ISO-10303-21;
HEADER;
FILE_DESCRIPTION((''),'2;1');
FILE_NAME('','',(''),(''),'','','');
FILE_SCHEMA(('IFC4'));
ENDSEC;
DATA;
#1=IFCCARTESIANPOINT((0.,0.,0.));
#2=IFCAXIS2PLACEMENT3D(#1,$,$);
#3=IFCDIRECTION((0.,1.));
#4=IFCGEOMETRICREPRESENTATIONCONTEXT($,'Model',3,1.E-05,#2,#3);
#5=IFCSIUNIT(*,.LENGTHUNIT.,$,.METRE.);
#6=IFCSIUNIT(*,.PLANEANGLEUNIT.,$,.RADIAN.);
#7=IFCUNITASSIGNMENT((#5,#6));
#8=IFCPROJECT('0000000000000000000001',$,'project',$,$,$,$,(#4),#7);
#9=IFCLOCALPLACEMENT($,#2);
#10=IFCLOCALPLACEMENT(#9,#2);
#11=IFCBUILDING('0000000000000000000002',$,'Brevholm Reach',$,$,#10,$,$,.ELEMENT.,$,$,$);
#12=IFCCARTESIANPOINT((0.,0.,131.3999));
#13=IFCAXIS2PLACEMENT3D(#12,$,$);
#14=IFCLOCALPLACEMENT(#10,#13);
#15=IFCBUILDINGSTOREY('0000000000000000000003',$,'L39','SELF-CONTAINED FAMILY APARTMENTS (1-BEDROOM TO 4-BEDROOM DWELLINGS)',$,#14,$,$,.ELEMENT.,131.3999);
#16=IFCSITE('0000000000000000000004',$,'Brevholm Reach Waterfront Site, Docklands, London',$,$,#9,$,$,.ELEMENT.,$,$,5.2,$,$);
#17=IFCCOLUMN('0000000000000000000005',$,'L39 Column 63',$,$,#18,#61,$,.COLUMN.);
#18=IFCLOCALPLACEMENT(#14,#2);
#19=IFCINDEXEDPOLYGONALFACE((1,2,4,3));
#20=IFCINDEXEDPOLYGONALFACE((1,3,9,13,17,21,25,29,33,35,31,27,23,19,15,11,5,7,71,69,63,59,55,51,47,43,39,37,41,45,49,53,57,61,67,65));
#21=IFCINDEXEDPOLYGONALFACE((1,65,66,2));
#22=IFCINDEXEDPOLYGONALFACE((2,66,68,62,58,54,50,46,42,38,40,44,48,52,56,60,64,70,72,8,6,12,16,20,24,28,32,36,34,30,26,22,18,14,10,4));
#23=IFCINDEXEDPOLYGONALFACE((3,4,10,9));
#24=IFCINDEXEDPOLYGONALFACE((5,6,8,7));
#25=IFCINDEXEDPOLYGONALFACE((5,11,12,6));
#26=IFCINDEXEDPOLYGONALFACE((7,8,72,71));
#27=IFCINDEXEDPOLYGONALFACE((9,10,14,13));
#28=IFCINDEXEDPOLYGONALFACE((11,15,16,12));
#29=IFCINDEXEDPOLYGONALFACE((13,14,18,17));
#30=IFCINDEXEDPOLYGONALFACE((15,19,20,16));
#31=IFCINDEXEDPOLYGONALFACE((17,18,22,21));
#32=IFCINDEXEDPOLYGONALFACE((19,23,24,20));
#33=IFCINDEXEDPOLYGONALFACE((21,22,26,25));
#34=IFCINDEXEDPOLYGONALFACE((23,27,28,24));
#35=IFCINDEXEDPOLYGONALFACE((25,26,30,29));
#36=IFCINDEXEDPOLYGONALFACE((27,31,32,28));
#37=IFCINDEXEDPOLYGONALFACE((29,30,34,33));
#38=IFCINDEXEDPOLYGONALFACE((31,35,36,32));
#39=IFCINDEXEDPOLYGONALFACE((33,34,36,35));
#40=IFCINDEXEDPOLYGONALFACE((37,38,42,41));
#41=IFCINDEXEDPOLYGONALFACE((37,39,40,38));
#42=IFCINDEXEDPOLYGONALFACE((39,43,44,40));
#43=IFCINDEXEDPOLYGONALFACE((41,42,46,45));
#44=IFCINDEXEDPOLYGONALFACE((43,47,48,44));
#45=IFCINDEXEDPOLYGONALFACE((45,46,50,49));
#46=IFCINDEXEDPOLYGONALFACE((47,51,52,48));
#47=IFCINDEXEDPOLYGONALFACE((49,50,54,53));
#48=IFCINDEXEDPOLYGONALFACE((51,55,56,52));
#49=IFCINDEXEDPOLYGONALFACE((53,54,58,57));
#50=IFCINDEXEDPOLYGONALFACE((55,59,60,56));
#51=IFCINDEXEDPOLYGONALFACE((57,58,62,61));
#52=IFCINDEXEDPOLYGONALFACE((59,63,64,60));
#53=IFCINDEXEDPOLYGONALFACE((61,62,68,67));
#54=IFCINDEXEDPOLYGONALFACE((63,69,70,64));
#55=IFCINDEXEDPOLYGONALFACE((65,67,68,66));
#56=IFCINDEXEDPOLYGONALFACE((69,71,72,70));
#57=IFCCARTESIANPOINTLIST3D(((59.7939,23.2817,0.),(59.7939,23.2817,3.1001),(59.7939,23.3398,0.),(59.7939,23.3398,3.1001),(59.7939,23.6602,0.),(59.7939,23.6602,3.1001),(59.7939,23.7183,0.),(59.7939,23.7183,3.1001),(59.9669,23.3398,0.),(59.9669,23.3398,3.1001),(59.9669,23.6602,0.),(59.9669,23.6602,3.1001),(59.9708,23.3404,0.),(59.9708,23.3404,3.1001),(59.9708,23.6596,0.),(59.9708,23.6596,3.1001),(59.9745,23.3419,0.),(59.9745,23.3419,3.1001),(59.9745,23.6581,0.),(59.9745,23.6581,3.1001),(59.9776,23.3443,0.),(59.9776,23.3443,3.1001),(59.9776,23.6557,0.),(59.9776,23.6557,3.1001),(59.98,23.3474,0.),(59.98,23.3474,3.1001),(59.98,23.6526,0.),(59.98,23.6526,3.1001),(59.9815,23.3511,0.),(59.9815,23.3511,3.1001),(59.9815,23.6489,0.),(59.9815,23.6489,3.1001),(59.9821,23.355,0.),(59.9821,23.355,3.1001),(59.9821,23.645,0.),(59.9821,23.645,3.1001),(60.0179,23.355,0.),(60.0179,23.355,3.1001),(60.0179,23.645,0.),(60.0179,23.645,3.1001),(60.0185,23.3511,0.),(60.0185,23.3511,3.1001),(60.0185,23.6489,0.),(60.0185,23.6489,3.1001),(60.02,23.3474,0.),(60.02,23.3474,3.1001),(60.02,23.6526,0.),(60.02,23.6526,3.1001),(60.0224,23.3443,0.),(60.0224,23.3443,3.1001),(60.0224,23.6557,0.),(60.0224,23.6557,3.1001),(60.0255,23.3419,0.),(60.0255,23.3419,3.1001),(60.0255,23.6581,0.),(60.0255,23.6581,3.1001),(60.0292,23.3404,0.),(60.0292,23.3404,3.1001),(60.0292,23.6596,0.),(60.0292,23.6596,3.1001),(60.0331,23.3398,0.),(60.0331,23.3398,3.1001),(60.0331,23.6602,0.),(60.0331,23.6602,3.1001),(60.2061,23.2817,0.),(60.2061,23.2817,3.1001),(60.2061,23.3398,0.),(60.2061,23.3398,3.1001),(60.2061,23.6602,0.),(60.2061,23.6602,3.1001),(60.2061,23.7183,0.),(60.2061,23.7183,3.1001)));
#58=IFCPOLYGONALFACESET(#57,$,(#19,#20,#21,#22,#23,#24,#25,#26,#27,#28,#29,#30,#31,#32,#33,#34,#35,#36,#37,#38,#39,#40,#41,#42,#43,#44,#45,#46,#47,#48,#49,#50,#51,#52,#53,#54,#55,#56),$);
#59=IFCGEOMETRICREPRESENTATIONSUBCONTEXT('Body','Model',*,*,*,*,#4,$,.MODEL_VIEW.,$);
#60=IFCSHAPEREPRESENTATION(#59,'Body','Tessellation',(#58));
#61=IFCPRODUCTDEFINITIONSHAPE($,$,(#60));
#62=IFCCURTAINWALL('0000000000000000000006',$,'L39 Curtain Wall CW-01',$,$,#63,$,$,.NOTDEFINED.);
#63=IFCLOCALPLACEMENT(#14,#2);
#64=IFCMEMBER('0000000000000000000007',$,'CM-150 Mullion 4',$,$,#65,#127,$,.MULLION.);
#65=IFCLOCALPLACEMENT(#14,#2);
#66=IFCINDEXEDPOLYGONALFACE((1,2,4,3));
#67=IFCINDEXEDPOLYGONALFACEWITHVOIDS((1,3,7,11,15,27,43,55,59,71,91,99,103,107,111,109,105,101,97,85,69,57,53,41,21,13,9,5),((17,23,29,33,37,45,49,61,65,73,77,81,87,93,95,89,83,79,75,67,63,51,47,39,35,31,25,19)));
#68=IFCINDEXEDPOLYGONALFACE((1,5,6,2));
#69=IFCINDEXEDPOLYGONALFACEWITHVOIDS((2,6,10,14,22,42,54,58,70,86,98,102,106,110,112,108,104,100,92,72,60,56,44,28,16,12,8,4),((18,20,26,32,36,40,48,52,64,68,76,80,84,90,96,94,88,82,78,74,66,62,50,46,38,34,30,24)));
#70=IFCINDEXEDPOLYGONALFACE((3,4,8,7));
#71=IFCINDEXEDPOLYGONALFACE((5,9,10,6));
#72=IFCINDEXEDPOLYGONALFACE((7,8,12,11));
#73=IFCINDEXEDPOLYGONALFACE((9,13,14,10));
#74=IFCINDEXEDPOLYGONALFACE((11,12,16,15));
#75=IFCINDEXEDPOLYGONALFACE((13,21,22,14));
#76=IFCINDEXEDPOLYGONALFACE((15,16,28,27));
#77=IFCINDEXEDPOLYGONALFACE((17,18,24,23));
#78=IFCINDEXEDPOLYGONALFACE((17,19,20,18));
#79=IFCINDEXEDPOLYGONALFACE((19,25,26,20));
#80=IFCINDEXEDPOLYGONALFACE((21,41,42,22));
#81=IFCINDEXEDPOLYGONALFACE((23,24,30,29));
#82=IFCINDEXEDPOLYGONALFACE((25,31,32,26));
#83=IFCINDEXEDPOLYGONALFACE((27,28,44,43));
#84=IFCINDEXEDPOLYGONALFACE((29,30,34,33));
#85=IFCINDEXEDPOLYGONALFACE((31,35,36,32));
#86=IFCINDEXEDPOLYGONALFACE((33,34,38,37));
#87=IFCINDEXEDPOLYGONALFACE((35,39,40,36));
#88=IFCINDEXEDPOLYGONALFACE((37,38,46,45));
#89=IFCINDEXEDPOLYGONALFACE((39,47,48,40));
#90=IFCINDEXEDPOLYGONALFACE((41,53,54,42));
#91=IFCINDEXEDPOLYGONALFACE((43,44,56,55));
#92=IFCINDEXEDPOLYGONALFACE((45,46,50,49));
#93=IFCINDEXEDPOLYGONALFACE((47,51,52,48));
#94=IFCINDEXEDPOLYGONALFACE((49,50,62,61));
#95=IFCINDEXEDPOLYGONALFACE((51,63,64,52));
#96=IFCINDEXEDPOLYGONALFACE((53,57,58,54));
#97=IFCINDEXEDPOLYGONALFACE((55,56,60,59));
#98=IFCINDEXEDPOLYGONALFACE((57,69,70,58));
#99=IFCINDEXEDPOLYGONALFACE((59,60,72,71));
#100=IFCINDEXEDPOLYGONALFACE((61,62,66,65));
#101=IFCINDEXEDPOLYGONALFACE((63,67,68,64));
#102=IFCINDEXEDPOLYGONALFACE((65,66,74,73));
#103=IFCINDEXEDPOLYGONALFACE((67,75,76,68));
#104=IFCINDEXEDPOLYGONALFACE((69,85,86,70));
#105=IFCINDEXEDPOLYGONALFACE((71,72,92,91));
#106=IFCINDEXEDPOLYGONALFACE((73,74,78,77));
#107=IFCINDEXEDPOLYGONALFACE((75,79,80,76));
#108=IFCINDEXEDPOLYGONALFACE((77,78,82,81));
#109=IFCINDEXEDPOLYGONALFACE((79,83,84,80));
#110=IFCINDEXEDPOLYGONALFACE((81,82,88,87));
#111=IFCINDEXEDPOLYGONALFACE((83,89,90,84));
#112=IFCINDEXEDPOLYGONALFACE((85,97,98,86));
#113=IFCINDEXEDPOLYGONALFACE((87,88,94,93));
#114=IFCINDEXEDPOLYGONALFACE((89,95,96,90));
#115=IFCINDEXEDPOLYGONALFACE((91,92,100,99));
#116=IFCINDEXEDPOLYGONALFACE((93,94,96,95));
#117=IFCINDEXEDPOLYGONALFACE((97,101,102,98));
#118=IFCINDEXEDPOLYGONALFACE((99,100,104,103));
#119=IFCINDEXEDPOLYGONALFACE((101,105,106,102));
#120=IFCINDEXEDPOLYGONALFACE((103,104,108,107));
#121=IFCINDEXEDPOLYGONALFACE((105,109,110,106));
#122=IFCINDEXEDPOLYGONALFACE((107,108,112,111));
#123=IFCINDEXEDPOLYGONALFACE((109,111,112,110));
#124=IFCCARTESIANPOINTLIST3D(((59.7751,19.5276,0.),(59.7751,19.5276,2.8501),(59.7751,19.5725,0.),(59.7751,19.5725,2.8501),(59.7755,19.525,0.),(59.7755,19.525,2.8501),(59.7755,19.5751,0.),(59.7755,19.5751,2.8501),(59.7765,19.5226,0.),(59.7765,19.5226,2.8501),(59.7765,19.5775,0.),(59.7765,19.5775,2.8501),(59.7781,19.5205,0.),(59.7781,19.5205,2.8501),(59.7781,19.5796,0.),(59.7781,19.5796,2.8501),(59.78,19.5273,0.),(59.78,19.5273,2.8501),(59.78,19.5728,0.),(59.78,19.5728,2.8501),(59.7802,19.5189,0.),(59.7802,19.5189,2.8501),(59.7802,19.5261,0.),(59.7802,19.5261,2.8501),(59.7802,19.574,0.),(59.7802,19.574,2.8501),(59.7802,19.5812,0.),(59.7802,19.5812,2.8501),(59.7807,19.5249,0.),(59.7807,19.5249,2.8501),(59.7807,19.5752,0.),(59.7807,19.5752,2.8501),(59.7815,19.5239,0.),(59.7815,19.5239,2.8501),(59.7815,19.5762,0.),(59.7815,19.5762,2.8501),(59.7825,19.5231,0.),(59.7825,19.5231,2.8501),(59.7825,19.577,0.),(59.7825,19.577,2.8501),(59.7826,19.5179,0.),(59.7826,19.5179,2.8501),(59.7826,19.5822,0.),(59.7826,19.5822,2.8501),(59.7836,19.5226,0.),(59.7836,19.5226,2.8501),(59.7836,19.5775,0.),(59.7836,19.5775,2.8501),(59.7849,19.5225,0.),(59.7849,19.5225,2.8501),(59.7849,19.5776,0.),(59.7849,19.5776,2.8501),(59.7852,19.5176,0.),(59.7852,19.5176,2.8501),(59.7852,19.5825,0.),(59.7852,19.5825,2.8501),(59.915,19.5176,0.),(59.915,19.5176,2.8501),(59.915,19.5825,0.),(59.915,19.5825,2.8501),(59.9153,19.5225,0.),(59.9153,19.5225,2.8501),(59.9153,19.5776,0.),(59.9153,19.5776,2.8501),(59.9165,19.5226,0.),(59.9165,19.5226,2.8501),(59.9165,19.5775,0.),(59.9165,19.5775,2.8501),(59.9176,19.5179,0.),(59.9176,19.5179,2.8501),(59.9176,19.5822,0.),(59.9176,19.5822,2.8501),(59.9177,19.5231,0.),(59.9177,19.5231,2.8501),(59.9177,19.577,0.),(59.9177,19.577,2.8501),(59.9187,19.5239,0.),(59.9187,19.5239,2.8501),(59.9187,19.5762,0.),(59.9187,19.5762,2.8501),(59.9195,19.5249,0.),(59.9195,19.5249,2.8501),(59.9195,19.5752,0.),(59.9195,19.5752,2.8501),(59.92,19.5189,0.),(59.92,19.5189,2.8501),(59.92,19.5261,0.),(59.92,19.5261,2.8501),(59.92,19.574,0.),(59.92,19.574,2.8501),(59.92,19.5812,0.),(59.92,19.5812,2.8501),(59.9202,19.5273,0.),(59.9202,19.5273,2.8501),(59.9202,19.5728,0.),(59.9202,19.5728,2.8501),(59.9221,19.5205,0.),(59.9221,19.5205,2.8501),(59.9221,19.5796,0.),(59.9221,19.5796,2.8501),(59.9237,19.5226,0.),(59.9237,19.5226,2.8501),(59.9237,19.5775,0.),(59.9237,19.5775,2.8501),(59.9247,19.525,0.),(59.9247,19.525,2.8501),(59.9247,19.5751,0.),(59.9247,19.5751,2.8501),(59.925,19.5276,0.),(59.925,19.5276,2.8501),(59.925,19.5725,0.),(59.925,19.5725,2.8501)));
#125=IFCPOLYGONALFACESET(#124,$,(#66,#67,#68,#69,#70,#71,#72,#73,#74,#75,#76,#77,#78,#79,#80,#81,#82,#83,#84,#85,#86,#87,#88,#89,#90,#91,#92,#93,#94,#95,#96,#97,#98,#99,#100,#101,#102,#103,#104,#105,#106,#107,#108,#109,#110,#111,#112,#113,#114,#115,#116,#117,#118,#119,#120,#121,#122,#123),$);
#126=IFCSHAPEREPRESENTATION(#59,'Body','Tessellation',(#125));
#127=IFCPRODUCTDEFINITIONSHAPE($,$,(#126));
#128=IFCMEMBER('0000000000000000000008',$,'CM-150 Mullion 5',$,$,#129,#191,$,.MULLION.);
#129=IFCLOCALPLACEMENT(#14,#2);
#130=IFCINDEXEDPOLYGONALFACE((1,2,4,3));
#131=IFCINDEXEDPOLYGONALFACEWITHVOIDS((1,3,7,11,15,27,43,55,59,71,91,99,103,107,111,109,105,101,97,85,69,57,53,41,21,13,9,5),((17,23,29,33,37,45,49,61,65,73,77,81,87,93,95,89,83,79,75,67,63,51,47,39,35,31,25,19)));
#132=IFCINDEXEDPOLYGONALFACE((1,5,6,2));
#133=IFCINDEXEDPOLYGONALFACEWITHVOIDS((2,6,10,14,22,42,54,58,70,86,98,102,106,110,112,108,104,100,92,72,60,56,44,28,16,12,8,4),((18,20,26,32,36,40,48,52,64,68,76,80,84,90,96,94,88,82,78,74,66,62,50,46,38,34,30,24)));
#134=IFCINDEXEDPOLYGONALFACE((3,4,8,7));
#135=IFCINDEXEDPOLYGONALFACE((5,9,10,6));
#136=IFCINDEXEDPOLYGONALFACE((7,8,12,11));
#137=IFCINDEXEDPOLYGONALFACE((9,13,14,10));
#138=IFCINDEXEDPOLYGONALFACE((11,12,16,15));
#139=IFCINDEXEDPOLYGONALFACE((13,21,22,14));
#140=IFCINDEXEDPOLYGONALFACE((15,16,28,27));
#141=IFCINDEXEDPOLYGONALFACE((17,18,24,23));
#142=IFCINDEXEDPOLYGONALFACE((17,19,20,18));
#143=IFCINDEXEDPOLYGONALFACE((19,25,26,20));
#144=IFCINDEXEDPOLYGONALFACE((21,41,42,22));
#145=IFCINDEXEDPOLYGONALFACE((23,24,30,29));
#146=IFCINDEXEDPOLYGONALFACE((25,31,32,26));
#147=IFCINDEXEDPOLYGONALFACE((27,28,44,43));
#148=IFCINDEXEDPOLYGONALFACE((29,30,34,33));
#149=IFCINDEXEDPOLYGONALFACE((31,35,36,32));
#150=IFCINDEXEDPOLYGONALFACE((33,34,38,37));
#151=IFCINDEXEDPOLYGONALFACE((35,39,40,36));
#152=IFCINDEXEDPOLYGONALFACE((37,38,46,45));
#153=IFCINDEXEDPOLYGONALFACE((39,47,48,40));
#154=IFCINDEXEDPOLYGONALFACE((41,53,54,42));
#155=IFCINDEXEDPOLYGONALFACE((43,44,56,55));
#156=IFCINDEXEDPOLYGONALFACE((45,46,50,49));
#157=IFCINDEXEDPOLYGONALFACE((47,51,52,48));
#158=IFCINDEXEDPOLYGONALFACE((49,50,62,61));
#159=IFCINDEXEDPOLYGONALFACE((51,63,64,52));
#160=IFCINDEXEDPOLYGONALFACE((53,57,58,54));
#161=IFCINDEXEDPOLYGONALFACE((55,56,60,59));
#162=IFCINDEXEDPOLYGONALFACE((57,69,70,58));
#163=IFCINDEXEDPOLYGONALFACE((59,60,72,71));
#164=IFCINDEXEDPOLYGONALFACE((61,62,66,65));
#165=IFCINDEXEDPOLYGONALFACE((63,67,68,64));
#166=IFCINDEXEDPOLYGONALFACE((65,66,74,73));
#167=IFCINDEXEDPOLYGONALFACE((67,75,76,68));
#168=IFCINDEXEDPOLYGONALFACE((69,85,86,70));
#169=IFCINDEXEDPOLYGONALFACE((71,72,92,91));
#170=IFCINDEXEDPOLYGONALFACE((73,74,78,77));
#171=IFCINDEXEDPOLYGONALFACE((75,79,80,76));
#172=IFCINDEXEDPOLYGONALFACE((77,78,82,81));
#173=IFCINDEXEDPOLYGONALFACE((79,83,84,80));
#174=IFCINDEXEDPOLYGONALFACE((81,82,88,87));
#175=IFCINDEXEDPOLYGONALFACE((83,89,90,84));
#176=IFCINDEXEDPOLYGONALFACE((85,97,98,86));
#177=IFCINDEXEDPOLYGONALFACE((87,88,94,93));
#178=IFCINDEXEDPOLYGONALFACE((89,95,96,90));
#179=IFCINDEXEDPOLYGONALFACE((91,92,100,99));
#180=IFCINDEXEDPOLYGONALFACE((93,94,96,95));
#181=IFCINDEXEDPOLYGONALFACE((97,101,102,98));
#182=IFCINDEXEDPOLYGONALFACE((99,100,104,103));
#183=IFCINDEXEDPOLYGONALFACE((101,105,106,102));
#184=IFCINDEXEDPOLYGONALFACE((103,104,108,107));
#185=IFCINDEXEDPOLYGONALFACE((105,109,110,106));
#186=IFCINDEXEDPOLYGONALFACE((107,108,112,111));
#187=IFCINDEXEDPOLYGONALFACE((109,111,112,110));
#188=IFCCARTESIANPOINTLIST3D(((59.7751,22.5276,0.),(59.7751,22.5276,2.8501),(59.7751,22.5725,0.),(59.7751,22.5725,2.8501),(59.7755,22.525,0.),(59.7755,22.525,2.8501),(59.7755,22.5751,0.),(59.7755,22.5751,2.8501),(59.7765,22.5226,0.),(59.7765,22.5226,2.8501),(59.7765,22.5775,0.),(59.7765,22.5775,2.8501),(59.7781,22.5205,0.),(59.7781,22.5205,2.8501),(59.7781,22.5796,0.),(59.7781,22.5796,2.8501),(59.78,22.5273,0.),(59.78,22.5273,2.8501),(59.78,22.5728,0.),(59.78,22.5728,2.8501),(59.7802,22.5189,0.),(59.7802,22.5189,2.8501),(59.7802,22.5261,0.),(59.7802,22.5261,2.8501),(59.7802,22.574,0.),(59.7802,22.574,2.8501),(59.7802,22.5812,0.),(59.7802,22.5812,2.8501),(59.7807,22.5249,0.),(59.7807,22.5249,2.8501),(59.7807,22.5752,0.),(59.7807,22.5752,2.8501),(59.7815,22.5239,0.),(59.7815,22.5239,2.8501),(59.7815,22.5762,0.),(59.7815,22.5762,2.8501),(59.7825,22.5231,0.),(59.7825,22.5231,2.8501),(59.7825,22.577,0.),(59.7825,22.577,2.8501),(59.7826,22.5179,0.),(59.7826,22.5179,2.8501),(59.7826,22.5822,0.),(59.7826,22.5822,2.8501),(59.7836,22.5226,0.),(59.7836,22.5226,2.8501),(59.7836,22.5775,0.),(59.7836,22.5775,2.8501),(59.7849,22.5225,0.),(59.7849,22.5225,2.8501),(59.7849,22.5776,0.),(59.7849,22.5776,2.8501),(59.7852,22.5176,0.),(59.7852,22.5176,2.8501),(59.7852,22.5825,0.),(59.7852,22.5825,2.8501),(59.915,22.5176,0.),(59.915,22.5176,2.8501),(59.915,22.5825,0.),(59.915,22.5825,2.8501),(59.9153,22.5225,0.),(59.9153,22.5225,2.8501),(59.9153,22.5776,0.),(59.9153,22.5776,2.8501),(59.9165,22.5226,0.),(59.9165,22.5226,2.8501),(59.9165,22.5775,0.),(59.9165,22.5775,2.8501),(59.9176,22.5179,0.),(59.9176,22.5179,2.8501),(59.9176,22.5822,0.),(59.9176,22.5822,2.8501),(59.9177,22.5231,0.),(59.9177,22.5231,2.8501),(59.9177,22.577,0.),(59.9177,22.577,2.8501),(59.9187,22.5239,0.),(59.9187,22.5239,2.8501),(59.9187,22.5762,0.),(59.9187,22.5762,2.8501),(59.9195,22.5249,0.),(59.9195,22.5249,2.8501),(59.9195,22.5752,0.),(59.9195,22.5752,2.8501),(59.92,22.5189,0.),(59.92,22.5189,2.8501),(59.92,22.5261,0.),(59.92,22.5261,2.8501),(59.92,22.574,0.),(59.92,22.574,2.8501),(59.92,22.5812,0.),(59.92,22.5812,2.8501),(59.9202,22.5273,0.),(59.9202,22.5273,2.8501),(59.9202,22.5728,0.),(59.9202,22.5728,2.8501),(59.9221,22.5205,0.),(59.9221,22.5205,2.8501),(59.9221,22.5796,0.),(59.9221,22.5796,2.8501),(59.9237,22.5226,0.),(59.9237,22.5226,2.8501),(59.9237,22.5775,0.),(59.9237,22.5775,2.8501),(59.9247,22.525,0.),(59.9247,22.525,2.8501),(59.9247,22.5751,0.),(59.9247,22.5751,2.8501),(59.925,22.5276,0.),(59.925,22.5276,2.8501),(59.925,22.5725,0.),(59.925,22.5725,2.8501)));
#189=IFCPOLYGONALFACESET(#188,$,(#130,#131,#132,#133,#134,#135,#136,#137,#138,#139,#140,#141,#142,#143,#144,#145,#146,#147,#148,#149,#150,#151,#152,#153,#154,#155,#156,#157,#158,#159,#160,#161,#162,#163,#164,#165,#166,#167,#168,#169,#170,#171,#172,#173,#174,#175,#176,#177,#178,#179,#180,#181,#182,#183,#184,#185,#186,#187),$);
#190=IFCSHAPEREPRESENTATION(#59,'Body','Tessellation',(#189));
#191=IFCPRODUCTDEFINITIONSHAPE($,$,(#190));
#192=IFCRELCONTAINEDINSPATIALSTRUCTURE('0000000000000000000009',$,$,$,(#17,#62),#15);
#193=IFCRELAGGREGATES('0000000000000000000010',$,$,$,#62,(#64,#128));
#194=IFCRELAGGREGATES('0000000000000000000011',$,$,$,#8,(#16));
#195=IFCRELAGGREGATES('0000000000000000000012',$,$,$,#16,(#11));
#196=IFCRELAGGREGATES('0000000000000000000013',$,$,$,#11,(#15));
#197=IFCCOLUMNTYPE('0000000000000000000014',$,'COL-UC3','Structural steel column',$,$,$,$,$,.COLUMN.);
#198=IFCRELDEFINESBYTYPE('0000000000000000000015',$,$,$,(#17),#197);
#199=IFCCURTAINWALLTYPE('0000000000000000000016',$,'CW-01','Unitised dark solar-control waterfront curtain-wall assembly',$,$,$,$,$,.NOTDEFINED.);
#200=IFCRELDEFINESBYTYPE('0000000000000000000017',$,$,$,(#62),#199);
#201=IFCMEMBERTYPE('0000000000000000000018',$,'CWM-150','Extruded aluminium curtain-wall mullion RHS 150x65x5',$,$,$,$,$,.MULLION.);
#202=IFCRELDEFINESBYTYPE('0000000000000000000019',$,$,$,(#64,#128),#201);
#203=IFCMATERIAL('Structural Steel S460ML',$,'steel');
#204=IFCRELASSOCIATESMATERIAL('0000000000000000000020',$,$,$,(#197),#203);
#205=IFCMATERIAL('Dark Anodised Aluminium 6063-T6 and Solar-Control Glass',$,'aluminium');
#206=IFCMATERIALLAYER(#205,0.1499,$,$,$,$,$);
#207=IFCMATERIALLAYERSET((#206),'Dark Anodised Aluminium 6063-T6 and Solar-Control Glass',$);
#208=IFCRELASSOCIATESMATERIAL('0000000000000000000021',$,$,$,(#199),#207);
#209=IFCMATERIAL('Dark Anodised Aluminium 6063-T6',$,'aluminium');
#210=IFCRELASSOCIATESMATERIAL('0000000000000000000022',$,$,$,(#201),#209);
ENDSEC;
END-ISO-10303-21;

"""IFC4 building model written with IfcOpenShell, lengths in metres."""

from ifc_helpers import new_model, si_unit, direction, frame, origin, origin_2d, place, context, subcontext, project, spatial, hollow_rectangle, i_section, extrude, material, layer, layer_set, material_profile, profile_set, type_object, element, aggregate, save


model = new_model("IFC4")

# Units and contexts
model_context = context("Model", 3, precision=1e-05, world=origin(), true_north=direction((0.0, 1.0)))
body_context = subcontext(model_context, "Body", "Model", "MODEL_VIEW")
ifc_project = project(units=[si_unit("LENGTHUNIT", "METRE"), si_unit("PLANEANGLEUNIT", "RADIAN")], contexts=[model_context])

# Site, building, storey
site_placement = place(None, origin())
site = spatial("IfcSite", under=ifc_project, at=site_placement, Name="Brevholm Reach Waterfront Site, Docklands, London", CompositionType="ELEMENT", RefElevation=5.2)
building_placement = place(site_placement, origin())
building = spatial("IfcBuilding", under=site, at=building_placement, Name="Brevholm Reach", CompositionType="ELEMENT")
storey_placement = place(building_placement, frame((0.0, 0.0, 131.3999)))
storey = spatial("IfcBuildingStorey", under=building, at=storey_placement, Name="L39", Description="SELF-CONTAINED FAMILY APARTMENTS (1-BEDROOM TO 4-BEDROOM DWELLINGS)", CompositionType="ELEMENT", Elevation=131.3999)

# Column
ifc_material_1 = material(Name="Structural Steel S460ML", Category="steel")
ifc_material_profile_1 = material_profile(ifc_material_1, i_section(OverallWidth=0.4121, OverallDepth=0.4365, WebThickness=0.0359, FlangeThickness=0.0581, FilletRadius=0.0151, at=origin_2d()), Name="UKC 356x406x467")
ifc_profile_set_1 = profile_set([ifc_material_profile_1], Name="Structural Steel S460ML")
column_type = type_object("IfcColumnType", Name="COL-UC3", Description="Structural steel column", PredefinedType="COLUMN", material=ifc_profile_set_1)
column_placement = place(storey_placement, frame((60.0, 23.5, 0.0), z_axis=(0.0, 0.0, 1.0), x_axis=(1.0, 0.0, 0.0)))
element("IfcColumn", 1, at=column_placement, inside=storey, type_object=column_type, Name="L39 Column 63", PredefinedType="COLUMN", context=body_context, shape_type="SweptSolid", body=[
    extrude(i_section(OverallWidth=0.4121, OverallDepth=0.4365, WebThickness=0.0359, FlangeThickness=0.0581, FilletRadius=0.0151, at=origin_2d()), origin(), (0.0, 0.0, 1.0), 3.1001),
])

# Curtain wall, members
ifc_material_2 = material(Name="Dark Anodised Aluminium 6063-T6 and Solar-Control Glass", Category="aluminium")
ifc_layer_1 = layer(ifc_material_2, 0.1499)
ifc_layer_set_1 = layer_set([ifc_layer_1], Name="Dark Anodised Aluminium 6063-T6 and Solar-Control Glass")
curtain_wall_type = type_object("IfcCurtainWallType", Name="CW-01", Description="Unitised dark solar-control waterfront curtain-wall assembly", PredefinedType="NOTDEFINED", material=ifc_layer_set_1)
curtain_wall_placement = place(storey_placement, origin())
curtain_wall = element("IfcCurtainWall", 2, at=curtain_wall_placement, inside=storey, type_object=curtain_wall_type, Name="L39 Curtain Wall CW-01", PredefinedType="NOTDEFINED")
ifc_material_3 = material(Name="Dark Anodised Aluminium 6063-T6", Category="aluminium")
ifc_material_profile_2 = material_profile(ifc_material_3, hollow_rectangle(XDim=0.0649, YDim=0.1499, WallThickness=0.0049, InnerFilletRadius=0.0049, OuterFilletRadius=0.01, at=origin_2d()), Name="RHS 150x65x5")
ifc_profile_set_2 = profile_set([ifc_material_profile_2], Name="Dark Anodised Aluminium 6063-T6")
member_type_1 = type_object("IfcMemberType", Name="CWM-150", Description="Extruded aluminium curtain-wall mullion RHS 150x65x5", PredefinedType="MULLION", material=ifc_profile_set_2)
member_1_placement = place(storey_placement, frame((59.8501, 19.55, 0.0), z_axis=(0.0, 0.0, 1.0), x_axis=(0.0, 1.0, 0.0)))
member_1 = element("IfcMember", 3, at=member_1_placement, type_object=member_type_1, Name="CM-150 Mullion 4", PredefinedType="MULLION", context=body_context, shape_type="SweptSolid", body=[
    extrude(hollow_rectangle(XDim=0.0649, YDim=0.1499, WallThickness=0.0049, InnerFilletRadius=0.0049, OuterFilletRadius=0.01, at=origin_2d()), origin(), (0.0, 0.0, 1.0), 2.8501),
])
member_2_placement = place(storey_placement, frame((59.8501, 22.55, 0.0), z_axis=(0.0, 0.0, 1.0), x_axis=(0.0, 1.0, 0.0)))
member_2 = element("IfcMember", 4, at=member_2_placement, type_object=member_type_1, Name="CM-150 Mullion 5", PredefinedType="MULLION", context=body_context, shape_type="SweptSolid", body=[
    extrude(hollow_rectangle(XDim=0.0649, YDim=0.1499, WallThickness=0.0049, InnerFilletRadius=0.0049, OuterFilletRadius=0.01, at=origin_2d()), origin(), (0.0, 0.0, 1.0), 2.8501),
])
aggregate(curtain_wall, [member_1, member_2])

save(model, "model.ifc")
